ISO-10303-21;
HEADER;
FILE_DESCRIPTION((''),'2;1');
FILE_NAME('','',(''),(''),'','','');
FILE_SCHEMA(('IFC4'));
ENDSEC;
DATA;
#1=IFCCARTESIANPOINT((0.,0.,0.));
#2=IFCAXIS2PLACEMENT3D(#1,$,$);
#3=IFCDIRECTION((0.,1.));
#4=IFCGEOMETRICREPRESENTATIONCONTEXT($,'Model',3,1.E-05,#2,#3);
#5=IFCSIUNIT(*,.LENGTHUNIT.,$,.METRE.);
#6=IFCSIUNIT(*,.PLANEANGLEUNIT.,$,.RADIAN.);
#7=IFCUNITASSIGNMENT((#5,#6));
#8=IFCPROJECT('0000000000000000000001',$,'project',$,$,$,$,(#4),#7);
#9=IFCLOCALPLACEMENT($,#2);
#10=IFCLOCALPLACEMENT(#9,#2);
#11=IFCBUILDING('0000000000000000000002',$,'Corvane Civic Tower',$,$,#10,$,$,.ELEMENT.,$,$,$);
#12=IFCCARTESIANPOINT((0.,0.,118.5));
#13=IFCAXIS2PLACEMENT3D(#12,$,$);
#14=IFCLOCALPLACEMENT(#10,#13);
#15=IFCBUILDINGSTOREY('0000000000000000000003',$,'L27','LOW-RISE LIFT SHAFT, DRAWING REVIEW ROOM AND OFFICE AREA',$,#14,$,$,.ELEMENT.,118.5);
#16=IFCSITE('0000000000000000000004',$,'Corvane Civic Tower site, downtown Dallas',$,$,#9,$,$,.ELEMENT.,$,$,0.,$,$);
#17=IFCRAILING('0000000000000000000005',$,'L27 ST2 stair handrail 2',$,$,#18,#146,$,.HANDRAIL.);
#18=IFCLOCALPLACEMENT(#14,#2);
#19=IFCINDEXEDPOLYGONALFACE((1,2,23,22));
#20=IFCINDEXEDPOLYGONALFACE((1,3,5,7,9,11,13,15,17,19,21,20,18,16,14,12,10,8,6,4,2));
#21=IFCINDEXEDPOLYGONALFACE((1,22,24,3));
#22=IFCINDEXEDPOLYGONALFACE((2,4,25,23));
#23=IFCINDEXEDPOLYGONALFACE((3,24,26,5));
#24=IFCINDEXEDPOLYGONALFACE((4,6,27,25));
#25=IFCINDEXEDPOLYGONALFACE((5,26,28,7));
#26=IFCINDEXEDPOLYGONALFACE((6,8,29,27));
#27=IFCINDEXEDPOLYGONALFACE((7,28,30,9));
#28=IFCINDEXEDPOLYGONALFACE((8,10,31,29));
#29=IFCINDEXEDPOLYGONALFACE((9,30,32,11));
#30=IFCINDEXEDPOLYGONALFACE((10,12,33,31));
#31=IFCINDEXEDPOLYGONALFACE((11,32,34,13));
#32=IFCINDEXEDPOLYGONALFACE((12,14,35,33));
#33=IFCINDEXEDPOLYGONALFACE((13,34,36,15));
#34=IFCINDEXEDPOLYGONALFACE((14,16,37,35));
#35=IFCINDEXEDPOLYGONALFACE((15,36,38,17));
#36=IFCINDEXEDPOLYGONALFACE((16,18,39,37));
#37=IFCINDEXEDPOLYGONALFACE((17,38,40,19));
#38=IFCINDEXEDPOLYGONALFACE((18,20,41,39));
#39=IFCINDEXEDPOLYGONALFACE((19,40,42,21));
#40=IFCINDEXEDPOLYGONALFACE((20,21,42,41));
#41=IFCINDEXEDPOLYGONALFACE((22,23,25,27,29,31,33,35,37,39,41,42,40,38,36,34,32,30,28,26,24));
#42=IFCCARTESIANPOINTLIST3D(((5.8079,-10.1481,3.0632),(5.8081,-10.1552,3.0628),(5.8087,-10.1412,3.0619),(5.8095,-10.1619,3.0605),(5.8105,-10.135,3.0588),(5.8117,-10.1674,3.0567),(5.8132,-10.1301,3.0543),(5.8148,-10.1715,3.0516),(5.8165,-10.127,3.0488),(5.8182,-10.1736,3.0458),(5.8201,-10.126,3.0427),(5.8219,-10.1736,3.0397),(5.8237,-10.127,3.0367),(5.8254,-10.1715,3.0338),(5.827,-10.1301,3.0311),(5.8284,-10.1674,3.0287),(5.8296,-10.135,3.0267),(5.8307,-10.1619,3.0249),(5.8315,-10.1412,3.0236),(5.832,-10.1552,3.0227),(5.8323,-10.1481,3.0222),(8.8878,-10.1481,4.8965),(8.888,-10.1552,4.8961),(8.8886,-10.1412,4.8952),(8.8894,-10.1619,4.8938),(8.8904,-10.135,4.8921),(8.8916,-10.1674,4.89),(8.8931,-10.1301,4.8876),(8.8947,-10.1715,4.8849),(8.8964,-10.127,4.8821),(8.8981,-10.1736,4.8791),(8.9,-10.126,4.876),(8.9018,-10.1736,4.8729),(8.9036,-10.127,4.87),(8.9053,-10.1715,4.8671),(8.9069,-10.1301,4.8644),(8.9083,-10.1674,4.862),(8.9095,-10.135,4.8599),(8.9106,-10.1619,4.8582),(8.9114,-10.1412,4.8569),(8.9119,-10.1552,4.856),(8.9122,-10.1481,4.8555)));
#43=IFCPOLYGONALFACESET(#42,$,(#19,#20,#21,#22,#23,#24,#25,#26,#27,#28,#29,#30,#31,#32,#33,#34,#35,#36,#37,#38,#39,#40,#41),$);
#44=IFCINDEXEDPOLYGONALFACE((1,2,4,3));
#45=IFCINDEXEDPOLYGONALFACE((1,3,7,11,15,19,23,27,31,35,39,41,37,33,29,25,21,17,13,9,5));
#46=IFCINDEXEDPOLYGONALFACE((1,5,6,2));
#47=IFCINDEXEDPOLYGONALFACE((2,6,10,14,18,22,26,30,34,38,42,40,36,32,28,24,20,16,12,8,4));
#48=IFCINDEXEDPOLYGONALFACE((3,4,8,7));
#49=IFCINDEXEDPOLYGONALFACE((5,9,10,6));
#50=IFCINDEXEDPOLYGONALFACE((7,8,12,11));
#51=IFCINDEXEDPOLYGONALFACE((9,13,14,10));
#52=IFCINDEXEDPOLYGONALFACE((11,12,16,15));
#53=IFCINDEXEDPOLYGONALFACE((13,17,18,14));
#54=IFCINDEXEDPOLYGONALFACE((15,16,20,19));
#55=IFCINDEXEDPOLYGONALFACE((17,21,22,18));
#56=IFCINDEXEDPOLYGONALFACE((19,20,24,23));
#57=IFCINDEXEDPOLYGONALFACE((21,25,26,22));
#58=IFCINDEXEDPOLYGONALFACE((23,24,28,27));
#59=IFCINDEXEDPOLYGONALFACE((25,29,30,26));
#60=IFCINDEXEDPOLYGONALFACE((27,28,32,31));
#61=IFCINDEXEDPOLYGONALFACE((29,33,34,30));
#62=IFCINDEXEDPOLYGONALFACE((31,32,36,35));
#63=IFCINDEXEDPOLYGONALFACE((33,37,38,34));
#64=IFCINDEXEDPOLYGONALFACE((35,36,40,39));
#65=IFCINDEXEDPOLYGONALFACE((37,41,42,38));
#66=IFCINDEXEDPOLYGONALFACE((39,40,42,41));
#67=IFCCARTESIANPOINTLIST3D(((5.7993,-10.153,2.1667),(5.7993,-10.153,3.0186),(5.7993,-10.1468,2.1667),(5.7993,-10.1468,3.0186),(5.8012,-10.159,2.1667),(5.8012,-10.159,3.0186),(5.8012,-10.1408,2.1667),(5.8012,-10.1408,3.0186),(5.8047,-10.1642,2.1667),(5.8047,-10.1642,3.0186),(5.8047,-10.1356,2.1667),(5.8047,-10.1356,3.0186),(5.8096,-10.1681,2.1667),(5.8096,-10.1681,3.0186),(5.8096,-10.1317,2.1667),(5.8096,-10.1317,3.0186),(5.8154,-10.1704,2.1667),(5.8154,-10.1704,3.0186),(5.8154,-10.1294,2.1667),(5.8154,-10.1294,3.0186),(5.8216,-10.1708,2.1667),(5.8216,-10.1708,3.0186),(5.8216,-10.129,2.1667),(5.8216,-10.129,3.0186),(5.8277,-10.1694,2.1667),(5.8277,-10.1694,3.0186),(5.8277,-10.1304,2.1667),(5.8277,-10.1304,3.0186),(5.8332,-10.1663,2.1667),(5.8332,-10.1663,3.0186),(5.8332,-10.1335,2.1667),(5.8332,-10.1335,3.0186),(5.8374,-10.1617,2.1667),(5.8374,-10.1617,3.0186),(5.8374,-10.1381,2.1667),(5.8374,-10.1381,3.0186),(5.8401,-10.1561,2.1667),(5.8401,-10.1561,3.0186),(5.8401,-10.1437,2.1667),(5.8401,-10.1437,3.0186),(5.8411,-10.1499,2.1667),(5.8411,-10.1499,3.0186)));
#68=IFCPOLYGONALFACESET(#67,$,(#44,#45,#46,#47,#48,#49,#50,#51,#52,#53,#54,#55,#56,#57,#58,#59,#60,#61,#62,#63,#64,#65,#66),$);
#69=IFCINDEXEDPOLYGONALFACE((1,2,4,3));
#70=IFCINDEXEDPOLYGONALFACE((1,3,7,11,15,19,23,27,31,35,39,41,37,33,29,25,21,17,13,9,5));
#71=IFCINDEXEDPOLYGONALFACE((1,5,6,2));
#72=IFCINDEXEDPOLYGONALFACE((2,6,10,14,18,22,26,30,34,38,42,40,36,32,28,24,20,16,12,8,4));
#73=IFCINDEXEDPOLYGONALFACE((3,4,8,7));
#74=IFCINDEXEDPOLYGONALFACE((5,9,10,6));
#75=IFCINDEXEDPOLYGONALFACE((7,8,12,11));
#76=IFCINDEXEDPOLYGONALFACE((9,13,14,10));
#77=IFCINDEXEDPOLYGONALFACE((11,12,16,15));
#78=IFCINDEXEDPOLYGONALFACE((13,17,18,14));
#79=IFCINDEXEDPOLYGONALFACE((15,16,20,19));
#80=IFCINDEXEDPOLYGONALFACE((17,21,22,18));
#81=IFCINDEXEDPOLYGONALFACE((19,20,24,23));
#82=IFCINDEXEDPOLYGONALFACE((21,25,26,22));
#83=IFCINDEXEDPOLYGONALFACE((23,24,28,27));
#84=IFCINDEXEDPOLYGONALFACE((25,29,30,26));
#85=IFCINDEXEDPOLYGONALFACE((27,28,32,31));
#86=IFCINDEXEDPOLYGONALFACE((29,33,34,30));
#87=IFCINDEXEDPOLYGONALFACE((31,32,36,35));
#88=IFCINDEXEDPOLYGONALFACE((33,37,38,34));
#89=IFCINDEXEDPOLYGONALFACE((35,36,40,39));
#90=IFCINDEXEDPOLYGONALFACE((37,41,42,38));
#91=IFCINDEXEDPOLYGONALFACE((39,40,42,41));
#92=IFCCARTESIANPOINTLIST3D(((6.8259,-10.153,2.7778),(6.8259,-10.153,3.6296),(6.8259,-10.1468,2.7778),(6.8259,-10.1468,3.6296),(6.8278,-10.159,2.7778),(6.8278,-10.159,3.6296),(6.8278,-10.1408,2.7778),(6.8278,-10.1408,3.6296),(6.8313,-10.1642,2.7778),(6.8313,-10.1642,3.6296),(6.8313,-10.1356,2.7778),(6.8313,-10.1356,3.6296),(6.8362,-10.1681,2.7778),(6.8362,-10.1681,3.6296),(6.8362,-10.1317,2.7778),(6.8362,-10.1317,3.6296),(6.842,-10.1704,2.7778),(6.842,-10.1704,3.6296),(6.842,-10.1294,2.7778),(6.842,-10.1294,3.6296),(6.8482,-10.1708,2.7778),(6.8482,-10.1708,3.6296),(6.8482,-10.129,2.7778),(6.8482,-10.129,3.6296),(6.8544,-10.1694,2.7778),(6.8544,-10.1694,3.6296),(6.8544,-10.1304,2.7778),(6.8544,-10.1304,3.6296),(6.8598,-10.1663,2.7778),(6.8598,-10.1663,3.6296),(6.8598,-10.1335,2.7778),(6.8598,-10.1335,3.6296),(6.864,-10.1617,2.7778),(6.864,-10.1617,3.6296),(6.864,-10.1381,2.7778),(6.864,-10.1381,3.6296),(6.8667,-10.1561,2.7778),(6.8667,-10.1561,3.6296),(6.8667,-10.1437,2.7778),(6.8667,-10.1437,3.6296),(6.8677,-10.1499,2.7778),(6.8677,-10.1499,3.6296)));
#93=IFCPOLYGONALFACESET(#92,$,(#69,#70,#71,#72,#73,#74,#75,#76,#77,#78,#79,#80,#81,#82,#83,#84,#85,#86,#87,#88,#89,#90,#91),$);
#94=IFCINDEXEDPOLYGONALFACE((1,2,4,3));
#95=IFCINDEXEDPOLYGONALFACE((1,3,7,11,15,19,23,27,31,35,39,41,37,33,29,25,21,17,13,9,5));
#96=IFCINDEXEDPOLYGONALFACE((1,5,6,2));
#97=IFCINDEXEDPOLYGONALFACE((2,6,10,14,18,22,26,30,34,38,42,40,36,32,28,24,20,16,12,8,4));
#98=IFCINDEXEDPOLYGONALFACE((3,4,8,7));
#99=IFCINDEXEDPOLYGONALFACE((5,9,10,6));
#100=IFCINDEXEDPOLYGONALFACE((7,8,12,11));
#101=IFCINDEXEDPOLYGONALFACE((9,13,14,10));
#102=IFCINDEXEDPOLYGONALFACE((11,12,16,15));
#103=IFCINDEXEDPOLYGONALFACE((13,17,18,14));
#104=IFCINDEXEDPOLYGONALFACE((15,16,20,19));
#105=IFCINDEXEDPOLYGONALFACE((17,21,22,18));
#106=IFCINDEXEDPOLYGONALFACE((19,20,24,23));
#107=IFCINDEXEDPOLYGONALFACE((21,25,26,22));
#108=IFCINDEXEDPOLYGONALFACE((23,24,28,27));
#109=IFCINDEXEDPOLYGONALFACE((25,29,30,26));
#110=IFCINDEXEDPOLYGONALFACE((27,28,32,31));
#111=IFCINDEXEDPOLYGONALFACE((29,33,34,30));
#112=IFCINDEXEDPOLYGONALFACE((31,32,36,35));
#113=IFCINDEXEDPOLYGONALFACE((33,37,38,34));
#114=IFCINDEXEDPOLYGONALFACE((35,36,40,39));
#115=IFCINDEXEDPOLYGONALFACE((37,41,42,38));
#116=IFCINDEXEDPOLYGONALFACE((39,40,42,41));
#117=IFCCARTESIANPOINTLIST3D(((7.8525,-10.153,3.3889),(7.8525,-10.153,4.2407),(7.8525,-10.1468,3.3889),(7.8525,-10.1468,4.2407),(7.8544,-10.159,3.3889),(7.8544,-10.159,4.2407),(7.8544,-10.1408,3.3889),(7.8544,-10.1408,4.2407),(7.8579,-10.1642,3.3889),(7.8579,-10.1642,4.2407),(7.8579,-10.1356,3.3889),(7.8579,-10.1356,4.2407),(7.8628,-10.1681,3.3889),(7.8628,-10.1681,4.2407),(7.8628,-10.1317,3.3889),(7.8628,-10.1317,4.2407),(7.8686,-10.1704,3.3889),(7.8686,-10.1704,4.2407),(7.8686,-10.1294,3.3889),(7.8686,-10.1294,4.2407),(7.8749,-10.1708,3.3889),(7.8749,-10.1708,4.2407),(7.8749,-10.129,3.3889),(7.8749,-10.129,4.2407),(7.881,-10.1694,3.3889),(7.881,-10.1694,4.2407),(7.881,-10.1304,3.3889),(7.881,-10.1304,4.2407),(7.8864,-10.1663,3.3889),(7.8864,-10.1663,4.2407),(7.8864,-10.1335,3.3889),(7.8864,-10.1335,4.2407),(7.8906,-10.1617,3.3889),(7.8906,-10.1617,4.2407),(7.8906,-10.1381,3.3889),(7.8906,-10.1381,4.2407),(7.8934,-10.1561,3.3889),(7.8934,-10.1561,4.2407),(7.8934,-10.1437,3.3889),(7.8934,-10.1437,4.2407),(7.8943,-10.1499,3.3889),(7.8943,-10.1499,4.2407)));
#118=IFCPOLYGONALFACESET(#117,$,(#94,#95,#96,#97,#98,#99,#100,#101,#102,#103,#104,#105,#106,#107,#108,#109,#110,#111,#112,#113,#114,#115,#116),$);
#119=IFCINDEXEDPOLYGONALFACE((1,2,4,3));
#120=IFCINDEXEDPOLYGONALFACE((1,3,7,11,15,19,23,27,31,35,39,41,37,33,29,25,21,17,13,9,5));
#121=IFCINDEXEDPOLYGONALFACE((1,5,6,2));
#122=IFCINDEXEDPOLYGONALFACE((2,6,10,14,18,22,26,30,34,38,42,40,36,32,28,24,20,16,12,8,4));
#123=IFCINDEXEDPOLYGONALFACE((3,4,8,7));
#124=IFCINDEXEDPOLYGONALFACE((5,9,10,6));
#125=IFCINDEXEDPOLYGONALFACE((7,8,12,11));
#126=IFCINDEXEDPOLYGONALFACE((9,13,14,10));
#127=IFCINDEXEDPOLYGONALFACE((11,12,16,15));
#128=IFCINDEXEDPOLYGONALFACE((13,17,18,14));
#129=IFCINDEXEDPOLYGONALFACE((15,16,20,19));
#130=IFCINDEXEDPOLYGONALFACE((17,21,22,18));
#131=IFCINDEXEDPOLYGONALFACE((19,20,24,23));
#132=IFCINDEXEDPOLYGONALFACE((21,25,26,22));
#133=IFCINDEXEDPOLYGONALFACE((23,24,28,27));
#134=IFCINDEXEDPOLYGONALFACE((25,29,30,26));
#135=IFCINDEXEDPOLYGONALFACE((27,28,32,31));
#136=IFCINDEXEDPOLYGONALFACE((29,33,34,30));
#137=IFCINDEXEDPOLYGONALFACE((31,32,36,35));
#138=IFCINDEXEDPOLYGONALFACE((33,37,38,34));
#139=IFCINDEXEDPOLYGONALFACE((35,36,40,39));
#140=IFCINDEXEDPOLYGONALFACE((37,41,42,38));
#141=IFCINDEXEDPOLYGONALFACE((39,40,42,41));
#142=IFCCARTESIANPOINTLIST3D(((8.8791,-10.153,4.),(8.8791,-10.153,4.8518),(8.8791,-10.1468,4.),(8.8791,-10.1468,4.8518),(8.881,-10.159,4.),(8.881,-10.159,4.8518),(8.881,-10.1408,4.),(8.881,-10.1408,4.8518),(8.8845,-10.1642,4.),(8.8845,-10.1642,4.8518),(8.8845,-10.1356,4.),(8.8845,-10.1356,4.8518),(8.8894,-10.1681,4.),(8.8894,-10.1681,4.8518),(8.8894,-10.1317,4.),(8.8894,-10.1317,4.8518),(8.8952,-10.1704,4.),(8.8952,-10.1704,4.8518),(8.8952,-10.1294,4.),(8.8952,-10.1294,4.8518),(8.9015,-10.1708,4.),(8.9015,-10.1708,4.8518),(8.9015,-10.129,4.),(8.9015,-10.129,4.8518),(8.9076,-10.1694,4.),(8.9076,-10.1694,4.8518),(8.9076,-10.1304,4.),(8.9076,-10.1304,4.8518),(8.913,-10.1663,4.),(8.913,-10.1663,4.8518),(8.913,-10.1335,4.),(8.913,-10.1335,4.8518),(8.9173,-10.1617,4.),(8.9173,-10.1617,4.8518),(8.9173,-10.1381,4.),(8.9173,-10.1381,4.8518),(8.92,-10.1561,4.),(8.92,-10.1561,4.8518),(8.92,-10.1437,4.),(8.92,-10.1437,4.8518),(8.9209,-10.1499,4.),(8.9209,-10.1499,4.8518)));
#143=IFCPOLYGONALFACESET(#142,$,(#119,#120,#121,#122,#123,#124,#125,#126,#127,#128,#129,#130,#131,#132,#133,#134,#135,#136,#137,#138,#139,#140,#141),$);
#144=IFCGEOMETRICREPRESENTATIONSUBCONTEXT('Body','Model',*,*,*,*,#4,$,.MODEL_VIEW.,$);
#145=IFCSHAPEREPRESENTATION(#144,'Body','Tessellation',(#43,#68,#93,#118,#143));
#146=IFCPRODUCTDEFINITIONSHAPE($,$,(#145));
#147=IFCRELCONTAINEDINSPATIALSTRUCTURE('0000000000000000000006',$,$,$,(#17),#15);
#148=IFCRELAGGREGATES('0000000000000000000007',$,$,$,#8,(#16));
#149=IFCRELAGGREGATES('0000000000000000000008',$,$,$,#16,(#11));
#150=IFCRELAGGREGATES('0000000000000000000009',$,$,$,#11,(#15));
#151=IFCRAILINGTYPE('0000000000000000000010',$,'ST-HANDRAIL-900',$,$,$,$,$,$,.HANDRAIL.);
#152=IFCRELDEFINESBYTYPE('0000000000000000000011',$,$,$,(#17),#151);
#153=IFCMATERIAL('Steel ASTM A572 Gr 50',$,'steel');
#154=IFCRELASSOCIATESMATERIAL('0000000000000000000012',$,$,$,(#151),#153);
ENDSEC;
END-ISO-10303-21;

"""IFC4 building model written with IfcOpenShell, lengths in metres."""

from ifc_helpers import new_model, si_unit, direction, frame, origin, origin_2d, place, context, subcontext, project, spatial, circle, extrude, material, type_object, element, save


model = new_model("IFC4")

# Units and contexts
model_context = context("Model", 3, precision=1e-05, world=origin(), true_north=direction((0.0, 1.0)))
body_context = subcontext(model_context, "Body", "Model", "MODEL_VIEW")
ifc_project = project(units=[si_unit("LENGTHUNIT", "METRE"), si_unit("PLANEANGLEUNIT", "RADIAN")], contexts=[model_context])

# Site, building, storey
site_placement = place(None, origin())
site = spatial("IfcSite", under=ifc_project, at=site_placement, Name="Corvane Civic Tower site, downtown Dallas", CompositionType="ELEMENT", RefElevation=0.0)
building_placement = place(site_placement, origin())
building = spatial("IfcBuilding", under=site, at=building_placement, Name="Corvane Civic Tower", CompositionType="ELEMENT")
storey_placement = place(building_placement, frame((0.0, 0.0, 118.5)))
storey = spatial("IfcBuildingStorey", under=building, at=storey_placement, Name="L27", Description="LOW-RISE LIFT SHAFT, DRAWING REVIEW ROOM AND OFFICE AREA", CompositionType="ELEMENT", Elevation=118.5)

# Railing
ifc_material_1 = material(Name="Steel ASTM A572 Gr 50", Category="steel")
railing_type_1 = type_object("IfcRailingType", Name="ST-HANDRAIL-900", PredefinedType="HANDRAIL", material=ifc_material_1)
railing_1_placement = place(storey_placement, frame((5.8201, -10.1499, 2.1667)))
element("IfcRailing", 1, at=railing_1_placement, inside=storey, type_object=railing_type_1, Name="L27 ST2 stair handrail 2", PredefinedType="HANDRAIL", context=body_context, shape_type="SweptSolid", body=[
    extrude(circle(Radius=0.0239, at=origin_2d()), frame((0.0, 0.0, 0.876), z_axis=(0.859291, 0.0, 0.511487), x_axis=(0.0, 1.0, 0.0)), (0.0, 0.0, 1.0), 3.5842),
    extrude(circle(Radius=0.021, at=origin_2d()), origin(), (0.0, 0.0, 1.0), 0.8518),
    extrude(circle(Radius=0.021, at=origin_2d()), frame((1.0266, 0.0, 0.6111)), (0.0, 0.0, 1.0), 0.8518),
    extrude(circle(Radius=0.021, at=origin_2d()), frame((2.0532, 0.0, 1.2222)), (0.0, 0.0, 1.0), 0.8518),
    extrude(circle(Radius=0.021, at=origin_2d()), frame((3.0798, 0.0, 1.8333)), (0.0, 0.0, 1.0), 0.8518),
])

save(model, "model.ifc")
